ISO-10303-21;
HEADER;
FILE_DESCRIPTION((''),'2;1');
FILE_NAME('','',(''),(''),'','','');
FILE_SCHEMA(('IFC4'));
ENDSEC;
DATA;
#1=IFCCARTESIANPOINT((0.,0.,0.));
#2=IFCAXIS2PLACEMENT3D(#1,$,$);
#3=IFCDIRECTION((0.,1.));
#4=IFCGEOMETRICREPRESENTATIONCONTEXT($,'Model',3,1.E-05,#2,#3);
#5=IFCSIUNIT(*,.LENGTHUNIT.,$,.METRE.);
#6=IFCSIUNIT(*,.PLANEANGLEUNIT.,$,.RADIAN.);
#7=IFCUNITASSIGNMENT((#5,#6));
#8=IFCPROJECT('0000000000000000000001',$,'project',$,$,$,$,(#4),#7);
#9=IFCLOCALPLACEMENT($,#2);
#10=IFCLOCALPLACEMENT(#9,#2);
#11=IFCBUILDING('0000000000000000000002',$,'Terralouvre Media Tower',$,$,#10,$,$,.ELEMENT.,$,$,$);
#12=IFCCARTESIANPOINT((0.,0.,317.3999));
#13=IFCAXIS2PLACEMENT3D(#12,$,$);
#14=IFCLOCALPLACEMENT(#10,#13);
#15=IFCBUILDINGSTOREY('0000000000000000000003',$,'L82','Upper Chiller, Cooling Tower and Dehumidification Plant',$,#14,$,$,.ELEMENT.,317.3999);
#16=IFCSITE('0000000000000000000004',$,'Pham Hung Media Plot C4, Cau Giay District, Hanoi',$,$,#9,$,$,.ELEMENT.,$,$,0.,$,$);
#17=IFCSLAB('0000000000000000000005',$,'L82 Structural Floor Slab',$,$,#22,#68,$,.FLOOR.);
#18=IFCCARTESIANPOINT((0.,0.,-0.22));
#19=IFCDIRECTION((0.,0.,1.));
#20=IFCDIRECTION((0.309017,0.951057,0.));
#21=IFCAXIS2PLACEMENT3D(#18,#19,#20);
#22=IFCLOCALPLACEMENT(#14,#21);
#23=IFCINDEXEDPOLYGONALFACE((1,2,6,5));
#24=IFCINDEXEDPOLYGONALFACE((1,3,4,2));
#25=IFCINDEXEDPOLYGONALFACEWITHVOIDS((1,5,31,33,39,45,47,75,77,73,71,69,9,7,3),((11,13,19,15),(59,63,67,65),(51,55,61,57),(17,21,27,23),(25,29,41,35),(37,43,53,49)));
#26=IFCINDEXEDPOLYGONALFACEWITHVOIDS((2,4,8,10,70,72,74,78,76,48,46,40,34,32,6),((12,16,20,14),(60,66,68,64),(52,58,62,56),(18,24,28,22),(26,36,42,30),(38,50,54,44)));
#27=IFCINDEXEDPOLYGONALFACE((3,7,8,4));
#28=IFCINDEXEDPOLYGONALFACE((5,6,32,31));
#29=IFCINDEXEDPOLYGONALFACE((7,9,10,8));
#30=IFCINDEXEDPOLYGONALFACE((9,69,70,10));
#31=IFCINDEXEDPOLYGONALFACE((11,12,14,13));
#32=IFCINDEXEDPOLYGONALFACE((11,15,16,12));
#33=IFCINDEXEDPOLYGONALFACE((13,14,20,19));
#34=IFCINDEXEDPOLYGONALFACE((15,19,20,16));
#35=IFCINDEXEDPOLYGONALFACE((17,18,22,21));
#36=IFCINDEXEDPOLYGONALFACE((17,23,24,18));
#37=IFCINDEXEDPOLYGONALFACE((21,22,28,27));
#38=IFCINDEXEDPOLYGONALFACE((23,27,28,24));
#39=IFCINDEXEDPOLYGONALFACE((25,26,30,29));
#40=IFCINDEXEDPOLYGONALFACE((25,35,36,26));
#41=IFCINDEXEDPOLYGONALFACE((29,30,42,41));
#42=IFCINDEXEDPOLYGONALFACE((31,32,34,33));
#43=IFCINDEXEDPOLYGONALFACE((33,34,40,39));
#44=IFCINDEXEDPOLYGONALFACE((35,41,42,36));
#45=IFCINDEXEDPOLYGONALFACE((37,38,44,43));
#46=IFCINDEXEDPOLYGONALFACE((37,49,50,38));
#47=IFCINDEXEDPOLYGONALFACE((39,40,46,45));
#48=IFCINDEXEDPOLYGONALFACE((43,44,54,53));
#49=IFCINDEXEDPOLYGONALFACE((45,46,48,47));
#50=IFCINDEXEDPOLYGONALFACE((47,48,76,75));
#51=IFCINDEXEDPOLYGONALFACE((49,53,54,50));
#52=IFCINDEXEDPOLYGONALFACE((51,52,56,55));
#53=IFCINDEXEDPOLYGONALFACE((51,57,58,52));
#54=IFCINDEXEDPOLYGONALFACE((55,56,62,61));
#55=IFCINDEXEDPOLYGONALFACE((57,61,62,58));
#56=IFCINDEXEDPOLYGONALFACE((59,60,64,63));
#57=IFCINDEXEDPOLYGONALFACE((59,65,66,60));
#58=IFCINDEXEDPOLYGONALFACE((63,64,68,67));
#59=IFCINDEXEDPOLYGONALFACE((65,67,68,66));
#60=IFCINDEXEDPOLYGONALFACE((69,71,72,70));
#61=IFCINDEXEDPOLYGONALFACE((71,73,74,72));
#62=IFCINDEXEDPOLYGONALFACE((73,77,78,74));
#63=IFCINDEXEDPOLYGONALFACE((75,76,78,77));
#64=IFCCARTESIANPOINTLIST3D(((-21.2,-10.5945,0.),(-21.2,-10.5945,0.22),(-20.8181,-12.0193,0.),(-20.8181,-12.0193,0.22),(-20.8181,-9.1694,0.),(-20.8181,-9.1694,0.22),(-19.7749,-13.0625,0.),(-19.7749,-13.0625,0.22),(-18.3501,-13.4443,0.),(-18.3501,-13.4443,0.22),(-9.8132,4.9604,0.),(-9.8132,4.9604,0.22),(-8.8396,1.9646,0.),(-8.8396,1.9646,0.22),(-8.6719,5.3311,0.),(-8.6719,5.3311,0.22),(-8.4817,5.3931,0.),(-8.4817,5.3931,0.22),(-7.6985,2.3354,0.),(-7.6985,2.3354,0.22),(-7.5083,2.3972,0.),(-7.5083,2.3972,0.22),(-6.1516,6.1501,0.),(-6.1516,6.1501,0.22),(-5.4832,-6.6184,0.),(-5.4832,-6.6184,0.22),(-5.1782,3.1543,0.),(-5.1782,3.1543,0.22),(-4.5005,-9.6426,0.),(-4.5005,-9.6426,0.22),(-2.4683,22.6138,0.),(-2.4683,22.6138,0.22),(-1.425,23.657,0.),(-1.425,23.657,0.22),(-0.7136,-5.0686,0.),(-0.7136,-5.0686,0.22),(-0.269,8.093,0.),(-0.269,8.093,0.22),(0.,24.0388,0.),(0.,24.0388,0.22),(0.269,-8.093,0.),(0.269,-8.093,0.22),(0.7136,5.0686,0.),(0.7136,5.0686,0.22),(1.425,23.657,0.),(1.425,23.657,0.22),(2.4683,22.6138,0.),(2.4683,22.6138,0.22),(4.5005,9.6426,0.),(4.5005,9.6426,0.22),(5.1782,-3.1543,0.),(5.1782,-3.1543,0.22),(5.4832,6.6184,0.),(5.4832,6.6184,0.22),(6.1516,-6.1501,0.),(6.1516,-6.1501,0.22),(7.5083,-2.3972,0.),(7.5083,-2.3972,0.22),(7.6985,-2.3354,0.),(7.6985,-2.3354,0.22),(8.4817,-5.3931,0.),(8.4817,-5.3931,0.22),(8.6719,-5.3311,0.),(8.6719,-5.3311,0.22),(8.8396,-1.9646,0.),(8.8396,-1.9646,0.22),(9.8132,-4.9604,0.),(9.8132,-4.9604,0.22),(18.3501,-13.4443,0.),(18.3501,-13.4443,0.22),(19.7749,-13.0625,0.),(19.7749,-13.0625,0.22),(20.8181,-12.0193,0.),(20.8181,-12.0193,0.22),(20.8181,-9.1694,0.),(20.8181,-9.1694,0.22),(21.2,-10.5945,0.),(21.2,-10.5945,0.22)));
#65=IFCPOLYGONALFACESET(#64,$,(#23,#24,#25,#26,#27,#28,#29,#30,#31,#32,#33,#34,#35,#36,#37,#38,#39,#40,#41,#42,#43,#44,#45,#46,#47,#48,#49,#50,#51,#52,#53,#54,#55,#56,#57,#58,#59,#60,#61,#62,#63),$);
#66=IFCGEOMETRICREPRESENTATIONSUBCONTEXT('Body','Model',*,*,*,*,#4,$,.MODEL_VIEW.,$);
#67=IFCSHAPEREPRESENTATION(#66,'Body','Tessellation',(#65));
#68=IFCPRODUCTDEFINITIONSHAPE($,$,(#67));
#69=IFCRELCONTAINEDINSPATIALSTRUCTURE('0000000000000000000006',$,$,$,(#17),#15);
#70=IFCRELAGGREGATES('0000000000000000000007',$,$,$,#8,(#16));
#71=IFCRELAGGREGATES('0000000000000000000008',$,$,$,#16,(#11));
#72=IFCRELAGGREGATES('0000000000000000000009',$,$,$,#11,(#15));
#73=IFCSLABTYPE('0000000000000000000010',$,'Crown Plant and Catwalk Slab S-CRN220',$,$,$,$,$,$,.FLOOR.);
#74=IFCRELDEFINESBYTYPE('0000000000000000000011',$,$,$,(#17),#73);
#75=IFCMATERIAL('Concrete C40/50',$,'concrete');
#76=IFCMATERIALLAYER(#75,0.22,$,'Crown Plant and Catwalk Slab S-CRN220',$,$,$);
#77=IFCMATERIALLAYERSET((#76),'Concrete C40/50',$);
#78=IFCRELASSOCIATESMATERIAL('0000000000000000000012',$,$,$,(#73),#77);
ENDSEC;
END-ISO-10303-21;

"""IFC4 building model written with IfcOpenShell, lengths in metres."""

from ifc_helpers import new_model, si_unit, direction, frame, origin, place, context, subcontext, project, spatial, polyline, outline, extrude, material, layer, layer_set, type_object, element, save


model = new_model("IFC4")

# Units and contexts
model_context = context("Model", 3, precision=1e-05, world=origin(), true_north=direction((0.0, 1.0)))
body_context = subcontext(model_context, "Body", "Model", "MODEL_VIEW")
ifc_project = project(units=[si_unit("LENGTHUNIT", "METRE"), si_unit("PLANEANGLEUNIT", "RADIAN")], contexts=[model_context])

# Site, building, storey
site_placement = place(None, origin())
site = spatial("IfcSite", under=ifc_project, at=site_placement, Name="Pham Hung Media Plot C4, Cau Giay District, Hanoi", CompositionType="ELEMENT", RefElevation=0.0)
building_placement = place(site_placement, origin())
building = spatial("IfcBuilding", under=site, at=building_placement, Name="Terralouvre Media Tower", CompositionType="ELEMENT")
storey_placement = place(building_placement, frame((0.0, 0.0, 317.3999)))
storey = spatial("IfcBuildingStorey", under=building, at=storey_placement, Name="L82", Description="Upper Chiller, Cooling Tower and Dehumidification Plant", CompositionType="ELEMENT", Elevation=317.3999)

# Slab
ifc_material_1 = material(Name="Concrete C40/50", Category="concrete")
ifc_layer_1 = layer(ifc_material_1, 0.22, Name="Crown Plant and Catwalk Slab S-CRN220")
ifc_layer_set_1 = layer_set([ifc_layer_1], Name="Concrete C40/50")
slab_type_1 = type_object("IfcSlabType", Name="Crown Plant and Catwalk Slab S-CRN220", PredefinedType="FLOOR", material=ifc_layer_set_1)
slab_1_placement = place(storey_placement, frame((0.0, 0.0, -0.22), z_axis=(0.0, 0.0, 1.0), x_axis=(0.309017, 0.951057, 0.0)))
element("IfcSlab", 1, at=slab_1_placement, inside=storey, type_object=slab_type_1, Name="L82 Structural Floor Slab", PredefinedType="FLOOR", context=body_context, shape_type="SweptSolid", body=[
    extrude(outline(polyline([(-20.8181, -9.1694), (-21.2, -10.5945), (-20.8181, -12.0193), (-19.7749, -13.0625), (-18.3501, -13.4443), (18.3501, -13.4443), (19.7749, -13.0625), (20.8181, -12.0193), (21.2, -10.5945), (20.8181, -9.1694), (2.4683, 22.6138), (1.425, 23.657), (0.0, 24.0388), (-1.425, 23.657), (-2.4683, 22.6138), (-20.8181, -9.1694)]), holes=[polyline([(-8.6719, 5.3311), (-7.6985, 2.3354), (-8.8396, 1.9646), (-9.8132, 4.9604), (-8.6719, 5.3311)]), polyline([(-5.1782, 3.1543), (-7.5083, 2.3972), (-8.4817, 5.3931), (-6.1516, 6.1501), (-5.1782, 3.1543)]), polyline([(-5.4832, -6.6184), (-0.7136, -5.0686), (0.269, -8.093), (-4.5005, -9.6426), (-5.4832, -6.6184)]), polyline([(4.5005, 9.6426), (5.4832, 6.6184), (0.7136, 5.0686), (-0.269, 8.093), (4.5005, 9.6426)]), polyline([(8.4817, -5.3931), (6.1516, -6.1501), (5.1782, -3.1543), (7.5083, -2.3972), (8.4817, -5.3931)]), polyline([(9.8132, -4.9604), (8.6719, -5.3311), (7.6985, -2.3354), (8.8396, -1.9646), (9.8132, -4.9604)])]), origin(), (0.0, 0.0, 1.0), 0.22),
])

save(model, "model.ifc")
